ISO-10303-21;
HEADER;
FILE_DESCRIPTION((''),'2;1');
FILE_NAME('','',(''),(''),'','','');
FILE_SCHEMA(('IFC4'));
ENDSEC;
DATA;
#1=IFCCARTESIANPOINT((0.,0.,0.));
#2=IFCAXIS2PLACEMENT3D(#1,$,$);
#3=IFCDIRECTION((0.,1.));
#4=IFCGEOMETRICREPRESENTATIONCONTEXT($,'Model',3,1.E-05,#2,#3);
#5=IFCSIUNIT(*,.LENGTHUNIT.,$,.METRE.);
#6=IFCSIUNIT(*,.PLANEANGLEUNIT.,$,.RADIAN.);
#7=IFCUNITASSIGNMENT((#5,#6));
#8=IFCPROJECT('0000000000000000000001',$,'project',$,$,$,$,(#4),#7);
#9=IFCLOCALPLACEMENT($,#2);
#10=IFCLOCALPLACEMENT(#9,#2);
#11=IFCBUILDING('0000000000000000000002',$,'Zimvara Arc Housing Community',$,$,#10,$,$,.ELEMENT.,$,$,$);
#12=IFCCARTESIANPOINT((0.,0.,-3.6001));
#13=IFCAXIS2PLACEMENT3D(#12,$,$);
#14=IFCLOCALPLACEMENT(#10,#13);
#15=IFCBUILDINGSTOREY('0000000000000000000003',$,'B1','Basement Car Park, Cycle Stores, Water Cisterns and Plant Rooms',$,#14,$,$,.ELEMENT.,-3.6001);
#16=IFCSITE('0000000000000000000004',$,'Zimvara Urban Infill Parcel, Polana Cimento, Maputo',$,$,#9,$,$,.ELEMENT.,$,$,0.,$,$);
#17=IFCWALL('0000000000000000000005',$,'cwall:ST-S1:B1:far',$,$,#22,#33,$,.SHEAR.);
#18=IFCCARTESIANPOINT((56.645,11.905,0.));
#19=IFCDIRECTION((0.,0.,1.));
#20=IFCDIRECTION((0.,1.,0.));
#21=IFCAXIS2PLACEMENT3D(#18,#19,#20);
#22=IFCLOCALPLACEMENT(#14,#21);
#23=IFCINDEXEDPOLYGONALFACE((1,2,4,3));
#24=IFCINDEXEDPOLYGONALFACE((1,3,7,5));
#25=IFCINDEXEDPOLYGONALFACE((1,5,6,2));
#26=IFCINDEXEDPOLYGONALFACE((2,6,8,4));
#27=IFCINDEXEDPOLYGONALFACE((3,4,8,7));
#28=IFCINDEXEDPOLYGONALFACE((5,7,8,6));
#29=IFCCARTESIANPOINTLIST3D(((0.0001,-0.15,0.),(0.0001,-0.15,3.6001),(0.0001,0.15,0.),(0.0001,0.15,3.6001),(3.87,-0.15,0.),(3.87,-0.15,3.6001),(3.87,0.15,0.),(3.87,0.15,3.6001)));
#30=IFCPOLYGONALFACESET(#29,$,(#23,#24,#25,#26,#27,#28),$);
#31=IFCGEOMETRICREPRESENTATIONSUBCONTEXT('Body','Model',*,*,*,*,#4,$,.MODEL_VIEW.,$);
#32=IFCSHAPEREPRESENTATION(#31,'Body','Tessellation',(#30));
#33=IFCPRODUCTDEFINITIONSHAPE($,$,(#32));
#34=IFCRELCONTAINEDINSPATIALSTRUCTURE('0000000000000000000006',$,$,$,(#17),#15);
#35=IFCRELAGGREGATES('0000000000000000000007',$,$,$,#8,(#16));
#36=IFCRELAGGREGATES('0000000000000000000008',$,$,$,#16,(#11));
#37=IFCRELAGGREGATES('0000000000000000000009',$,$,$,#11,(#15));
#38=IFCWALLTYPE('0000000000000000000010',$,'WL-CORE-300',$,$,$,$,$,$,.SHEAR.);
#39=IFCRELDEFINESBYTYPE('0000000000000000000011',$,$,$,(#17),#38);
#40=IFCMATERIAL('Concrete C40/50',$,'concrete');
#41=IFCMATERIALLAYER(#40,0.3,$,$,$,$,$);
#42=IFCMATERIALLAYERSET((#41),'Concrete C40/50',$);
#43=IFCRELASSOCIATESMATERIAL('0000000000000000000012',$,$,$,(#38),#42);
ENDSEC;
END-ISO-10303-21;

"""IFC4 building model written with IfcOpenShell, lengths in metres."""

from ifc_helpers import new_model, si_unit, direction, frame, frame_2d, origin, place, context, subcontext, project, spatial, rectangle, extrude, material, layer, layer_set, type_object, element, save


model = new_model("IFC4")

# Units and contexts
model_context = context("Model", 3, precision=1e-05, world=origin(), true_north=direction((0.0, 1.0)))
body_context = subcontext(model_context, "Body", "Model", "MODEL_VIEW")
ifc_project = project(units=[si_unit("LENGTHUNIT", "METRE"), si_unit("PLANEANGLEUNIT", "RADIAN")], contexts=[model_context])

# Site, building, storey
site_placement = place(None, origin())
site = spatial("IfcSite", under=ifc_project, at=site_placement, Name="Zimvara Urban Infill Parcel, Polana Cimento, Maputo", CompositionType="ELEMENT", RefElevation=0.0)
building_placement = place(site_placement, origin())
building = spatial("IfcBuilding", under=site, at=building_placement, Name="Zimvara Arc Housing Community", CompositionType="ELEMENT")
storey_placement = place(building_placement, frame((0.0, 0.0, -3.6001)))
storey = spatial("IfcBuildingStorey", under=building, at=storey_placement, Name="B1", Description="Basement Car Park, Cycle Stores, Water Cisterns and Plant Rooms", CompositionType="ELEMENT", Elevation=-3.6001)

# Wall
ifc_material_1 = material(Name="Concrete C40/50", Category="concrete")
ifc_layer_1 = layer(ifc_material_1, 0.3)
ifc_layer_set_1 = layer_set([ifc_layer_1], Name="Concrete C40/50")
wall_type_1 = type_object("IfcWallType", Name="WL-CORE-300", PredefinedType="SHEAR", material=ifc_layer_set_1)
wall_1_placement = place(storey_placement, frame((56.645, 11.905, 0.0), z_axis=(0.0, 0.0, 1.0), x_axis=(0.0, 1.0, 0.0)))
element("IfcWall", 1, at=wall_1_placement, inside=storey, type_object=wall_type_1, Name="cwall:ST-S1:B1:far", PredefinedType="SHEAR", context=body_context, shape_type="SweptSolid", body=[
    extrude(rectangle(XDim=3.8699, YDim=0.3, at=frame_2d((1.9351, 0.0))), origin(), (0.0, 0.0, 1.0), 3.6001),
])

save(model, "model.ifc")
